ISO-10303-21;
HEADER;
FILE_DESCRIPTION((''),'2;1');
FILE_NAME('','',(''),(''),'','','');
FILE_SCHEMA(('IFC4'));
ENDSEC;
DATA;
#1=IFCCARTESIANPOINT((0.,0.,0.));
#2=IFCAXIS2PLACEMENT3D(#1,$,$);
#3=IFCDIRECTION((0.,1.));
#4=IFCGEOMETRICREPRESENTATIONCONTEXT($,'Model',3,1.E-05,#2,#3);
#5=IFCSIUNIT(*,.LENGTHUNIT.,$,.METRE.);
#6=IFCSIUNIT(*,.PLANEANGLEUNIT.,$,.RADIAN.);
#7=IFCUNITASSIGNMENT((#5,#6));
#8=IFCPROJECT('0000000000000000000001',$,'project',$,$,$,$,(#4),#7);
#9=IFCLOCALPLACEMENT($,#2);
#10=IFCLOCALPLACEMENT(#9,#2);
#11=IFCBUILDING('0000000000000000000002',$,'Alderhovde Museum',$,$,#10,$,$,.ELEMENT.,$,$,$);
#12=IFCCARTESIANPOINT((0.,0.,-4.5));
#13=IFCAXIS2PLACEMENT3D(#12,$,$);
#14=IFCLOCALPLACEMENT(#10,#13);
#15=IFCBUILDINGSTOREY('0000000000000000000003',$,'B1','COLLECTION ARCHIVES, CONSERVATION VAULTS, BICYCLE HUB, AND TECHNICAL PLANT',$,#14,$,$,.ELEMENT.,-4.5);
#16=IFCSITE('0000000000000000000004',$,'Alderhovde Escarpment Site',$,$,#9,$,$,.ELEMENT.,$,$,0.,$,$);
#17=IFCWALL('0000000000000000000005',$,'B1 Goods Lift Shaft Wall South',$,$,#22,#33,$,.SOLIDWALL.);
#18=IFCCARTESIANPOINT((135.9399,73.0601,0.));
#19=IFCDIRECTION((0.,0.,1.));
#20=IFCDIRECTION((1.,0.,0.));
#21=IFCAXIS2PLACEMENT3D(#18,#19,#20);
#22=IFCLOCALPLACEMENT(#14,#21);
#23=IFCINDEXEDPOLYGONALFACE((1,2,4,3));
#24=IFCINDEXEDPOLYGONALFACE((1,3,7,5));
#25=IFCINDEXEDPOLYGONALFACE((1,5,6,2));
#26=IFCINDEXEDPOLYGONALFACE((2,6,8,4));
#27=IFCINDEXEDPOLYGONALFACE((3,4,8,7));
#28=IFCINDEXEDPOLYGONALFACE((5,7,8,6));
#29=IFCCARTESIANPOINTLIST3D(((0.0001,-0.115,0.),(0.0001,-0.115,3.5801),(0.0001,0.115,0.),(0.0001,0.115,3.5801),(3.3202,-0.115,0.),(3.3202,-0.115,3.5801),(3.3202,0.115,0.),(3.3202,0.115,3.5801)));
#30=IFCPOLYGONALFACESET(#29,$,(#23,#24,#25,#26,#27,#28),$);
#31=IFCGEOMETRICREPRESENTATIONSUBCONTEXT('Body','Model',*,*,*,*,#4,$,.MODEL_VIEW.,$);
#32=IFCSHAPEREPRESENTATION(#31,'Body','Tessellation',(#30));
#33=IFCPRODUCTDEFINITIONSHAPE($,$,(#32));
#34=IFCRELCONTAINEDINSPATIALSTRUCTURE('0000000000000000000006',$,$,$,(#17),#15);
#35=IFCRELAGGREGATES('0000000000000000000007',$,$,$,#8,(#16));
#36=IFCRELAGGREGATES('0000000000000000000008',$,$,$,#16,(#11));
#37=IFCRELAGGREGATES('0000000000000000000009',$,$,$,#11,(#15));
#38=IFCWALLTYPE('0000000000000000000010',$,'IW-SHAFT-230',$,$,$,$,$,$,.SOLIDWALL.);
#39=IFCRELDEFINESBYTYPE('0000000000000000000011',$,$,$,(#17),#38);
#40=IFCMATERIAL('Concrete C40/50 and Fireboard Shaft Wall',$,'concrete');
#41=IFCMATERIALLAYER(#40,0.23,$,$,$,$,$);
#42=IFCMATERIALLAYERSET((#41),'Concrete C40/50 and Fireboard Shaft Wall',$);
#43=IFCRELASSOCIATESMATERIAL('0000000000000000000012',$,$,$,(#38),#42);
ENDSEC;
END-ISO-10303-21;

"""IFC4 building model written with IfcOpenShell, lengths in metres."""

from ifc_helpers import new_model, si_unit, direction, frame, frame_2d, origin, place, context, subcontext, project, spatial, rectangle, extrude, material, layer, layer_set, type_object, element, save


model = new_model("IFC4")

# Units and contexts
model_context = context("Model", 3, precision=1e-05, world=origin(), true_north=direction((0.0, 1.0)))
body_context = subcontext(model_context, "Body", "Model", "MODEL_VIEW")
ifc_project = project(units=[si_unit("LENGTHUNIT", "METRE"), si_unit("PLANEANGLEUNIT", "RADIAN")], contexts=[model_context])

# Site, building, storey
site_placement = place(None, origin())
site = spatial("IfcSite", under=ifc_project, at=site_placement, Name="Alderhovde Escarpment Site", CompositionType="ELEMENT", RefElevation=0.0)
building_placement = place(site_placement, origin())
building = spatial("IfcBuilding", under=site, at=building_placement, Name="Alderhovde Museum", CompositionType="ELEMENT")
storey_placement = place(building_placement, frame((0.0, 0.0, -4.5)))
storey = spatial("IfcBuildingStorey", under=building, at=storey_placement, Name="B1", Description="COLLECTION ARCHIVES, CONSERVATION VAULTS, BICYCLE HUB, AND TECHNICAL PLANT", CompositionType="ELEMENT", Elevation=-4.5)

# Wall
ifc_material_1 = material(Name="Concrete C40/50 and Fireboard Shaft Wall", Category="concrete")
ifc_layer = layer(ifc_material_1, 0.23)
ifc_layer_set = layer_set([ifc_layer], Name="Concrete C40/50 and Fireboard Shaft Wall")
wall_type = type_object("IfcWallType", Name="IW-SHAFT-230", PredefinedType="SOLIDWALL", material=ifc_layer_set)
wall_1_placement = place(storey_placement, frame((135.9399, 73.0601, 0.0), z_axis=(0.0, 0.0, 1.0), x_axis=(1.0, 0.0, 0.0)))
element("IfcWall", 1, at=wall_1_placement, inside=storey, type_object=wall_type, Name="B1 Goods Lift Shaft Wall South", PredefinedType="SOLIDWALL", context=body_context, shape_type="SweptSolid", body=[
    extrude(rectangle(XDim=3.3201, YDim=0.23, at=frame_2d((1.6602, 0.0))), origin(), (0.0, 0.0, 1.0), 3.5801),
])

save(model, "model.ifc")
